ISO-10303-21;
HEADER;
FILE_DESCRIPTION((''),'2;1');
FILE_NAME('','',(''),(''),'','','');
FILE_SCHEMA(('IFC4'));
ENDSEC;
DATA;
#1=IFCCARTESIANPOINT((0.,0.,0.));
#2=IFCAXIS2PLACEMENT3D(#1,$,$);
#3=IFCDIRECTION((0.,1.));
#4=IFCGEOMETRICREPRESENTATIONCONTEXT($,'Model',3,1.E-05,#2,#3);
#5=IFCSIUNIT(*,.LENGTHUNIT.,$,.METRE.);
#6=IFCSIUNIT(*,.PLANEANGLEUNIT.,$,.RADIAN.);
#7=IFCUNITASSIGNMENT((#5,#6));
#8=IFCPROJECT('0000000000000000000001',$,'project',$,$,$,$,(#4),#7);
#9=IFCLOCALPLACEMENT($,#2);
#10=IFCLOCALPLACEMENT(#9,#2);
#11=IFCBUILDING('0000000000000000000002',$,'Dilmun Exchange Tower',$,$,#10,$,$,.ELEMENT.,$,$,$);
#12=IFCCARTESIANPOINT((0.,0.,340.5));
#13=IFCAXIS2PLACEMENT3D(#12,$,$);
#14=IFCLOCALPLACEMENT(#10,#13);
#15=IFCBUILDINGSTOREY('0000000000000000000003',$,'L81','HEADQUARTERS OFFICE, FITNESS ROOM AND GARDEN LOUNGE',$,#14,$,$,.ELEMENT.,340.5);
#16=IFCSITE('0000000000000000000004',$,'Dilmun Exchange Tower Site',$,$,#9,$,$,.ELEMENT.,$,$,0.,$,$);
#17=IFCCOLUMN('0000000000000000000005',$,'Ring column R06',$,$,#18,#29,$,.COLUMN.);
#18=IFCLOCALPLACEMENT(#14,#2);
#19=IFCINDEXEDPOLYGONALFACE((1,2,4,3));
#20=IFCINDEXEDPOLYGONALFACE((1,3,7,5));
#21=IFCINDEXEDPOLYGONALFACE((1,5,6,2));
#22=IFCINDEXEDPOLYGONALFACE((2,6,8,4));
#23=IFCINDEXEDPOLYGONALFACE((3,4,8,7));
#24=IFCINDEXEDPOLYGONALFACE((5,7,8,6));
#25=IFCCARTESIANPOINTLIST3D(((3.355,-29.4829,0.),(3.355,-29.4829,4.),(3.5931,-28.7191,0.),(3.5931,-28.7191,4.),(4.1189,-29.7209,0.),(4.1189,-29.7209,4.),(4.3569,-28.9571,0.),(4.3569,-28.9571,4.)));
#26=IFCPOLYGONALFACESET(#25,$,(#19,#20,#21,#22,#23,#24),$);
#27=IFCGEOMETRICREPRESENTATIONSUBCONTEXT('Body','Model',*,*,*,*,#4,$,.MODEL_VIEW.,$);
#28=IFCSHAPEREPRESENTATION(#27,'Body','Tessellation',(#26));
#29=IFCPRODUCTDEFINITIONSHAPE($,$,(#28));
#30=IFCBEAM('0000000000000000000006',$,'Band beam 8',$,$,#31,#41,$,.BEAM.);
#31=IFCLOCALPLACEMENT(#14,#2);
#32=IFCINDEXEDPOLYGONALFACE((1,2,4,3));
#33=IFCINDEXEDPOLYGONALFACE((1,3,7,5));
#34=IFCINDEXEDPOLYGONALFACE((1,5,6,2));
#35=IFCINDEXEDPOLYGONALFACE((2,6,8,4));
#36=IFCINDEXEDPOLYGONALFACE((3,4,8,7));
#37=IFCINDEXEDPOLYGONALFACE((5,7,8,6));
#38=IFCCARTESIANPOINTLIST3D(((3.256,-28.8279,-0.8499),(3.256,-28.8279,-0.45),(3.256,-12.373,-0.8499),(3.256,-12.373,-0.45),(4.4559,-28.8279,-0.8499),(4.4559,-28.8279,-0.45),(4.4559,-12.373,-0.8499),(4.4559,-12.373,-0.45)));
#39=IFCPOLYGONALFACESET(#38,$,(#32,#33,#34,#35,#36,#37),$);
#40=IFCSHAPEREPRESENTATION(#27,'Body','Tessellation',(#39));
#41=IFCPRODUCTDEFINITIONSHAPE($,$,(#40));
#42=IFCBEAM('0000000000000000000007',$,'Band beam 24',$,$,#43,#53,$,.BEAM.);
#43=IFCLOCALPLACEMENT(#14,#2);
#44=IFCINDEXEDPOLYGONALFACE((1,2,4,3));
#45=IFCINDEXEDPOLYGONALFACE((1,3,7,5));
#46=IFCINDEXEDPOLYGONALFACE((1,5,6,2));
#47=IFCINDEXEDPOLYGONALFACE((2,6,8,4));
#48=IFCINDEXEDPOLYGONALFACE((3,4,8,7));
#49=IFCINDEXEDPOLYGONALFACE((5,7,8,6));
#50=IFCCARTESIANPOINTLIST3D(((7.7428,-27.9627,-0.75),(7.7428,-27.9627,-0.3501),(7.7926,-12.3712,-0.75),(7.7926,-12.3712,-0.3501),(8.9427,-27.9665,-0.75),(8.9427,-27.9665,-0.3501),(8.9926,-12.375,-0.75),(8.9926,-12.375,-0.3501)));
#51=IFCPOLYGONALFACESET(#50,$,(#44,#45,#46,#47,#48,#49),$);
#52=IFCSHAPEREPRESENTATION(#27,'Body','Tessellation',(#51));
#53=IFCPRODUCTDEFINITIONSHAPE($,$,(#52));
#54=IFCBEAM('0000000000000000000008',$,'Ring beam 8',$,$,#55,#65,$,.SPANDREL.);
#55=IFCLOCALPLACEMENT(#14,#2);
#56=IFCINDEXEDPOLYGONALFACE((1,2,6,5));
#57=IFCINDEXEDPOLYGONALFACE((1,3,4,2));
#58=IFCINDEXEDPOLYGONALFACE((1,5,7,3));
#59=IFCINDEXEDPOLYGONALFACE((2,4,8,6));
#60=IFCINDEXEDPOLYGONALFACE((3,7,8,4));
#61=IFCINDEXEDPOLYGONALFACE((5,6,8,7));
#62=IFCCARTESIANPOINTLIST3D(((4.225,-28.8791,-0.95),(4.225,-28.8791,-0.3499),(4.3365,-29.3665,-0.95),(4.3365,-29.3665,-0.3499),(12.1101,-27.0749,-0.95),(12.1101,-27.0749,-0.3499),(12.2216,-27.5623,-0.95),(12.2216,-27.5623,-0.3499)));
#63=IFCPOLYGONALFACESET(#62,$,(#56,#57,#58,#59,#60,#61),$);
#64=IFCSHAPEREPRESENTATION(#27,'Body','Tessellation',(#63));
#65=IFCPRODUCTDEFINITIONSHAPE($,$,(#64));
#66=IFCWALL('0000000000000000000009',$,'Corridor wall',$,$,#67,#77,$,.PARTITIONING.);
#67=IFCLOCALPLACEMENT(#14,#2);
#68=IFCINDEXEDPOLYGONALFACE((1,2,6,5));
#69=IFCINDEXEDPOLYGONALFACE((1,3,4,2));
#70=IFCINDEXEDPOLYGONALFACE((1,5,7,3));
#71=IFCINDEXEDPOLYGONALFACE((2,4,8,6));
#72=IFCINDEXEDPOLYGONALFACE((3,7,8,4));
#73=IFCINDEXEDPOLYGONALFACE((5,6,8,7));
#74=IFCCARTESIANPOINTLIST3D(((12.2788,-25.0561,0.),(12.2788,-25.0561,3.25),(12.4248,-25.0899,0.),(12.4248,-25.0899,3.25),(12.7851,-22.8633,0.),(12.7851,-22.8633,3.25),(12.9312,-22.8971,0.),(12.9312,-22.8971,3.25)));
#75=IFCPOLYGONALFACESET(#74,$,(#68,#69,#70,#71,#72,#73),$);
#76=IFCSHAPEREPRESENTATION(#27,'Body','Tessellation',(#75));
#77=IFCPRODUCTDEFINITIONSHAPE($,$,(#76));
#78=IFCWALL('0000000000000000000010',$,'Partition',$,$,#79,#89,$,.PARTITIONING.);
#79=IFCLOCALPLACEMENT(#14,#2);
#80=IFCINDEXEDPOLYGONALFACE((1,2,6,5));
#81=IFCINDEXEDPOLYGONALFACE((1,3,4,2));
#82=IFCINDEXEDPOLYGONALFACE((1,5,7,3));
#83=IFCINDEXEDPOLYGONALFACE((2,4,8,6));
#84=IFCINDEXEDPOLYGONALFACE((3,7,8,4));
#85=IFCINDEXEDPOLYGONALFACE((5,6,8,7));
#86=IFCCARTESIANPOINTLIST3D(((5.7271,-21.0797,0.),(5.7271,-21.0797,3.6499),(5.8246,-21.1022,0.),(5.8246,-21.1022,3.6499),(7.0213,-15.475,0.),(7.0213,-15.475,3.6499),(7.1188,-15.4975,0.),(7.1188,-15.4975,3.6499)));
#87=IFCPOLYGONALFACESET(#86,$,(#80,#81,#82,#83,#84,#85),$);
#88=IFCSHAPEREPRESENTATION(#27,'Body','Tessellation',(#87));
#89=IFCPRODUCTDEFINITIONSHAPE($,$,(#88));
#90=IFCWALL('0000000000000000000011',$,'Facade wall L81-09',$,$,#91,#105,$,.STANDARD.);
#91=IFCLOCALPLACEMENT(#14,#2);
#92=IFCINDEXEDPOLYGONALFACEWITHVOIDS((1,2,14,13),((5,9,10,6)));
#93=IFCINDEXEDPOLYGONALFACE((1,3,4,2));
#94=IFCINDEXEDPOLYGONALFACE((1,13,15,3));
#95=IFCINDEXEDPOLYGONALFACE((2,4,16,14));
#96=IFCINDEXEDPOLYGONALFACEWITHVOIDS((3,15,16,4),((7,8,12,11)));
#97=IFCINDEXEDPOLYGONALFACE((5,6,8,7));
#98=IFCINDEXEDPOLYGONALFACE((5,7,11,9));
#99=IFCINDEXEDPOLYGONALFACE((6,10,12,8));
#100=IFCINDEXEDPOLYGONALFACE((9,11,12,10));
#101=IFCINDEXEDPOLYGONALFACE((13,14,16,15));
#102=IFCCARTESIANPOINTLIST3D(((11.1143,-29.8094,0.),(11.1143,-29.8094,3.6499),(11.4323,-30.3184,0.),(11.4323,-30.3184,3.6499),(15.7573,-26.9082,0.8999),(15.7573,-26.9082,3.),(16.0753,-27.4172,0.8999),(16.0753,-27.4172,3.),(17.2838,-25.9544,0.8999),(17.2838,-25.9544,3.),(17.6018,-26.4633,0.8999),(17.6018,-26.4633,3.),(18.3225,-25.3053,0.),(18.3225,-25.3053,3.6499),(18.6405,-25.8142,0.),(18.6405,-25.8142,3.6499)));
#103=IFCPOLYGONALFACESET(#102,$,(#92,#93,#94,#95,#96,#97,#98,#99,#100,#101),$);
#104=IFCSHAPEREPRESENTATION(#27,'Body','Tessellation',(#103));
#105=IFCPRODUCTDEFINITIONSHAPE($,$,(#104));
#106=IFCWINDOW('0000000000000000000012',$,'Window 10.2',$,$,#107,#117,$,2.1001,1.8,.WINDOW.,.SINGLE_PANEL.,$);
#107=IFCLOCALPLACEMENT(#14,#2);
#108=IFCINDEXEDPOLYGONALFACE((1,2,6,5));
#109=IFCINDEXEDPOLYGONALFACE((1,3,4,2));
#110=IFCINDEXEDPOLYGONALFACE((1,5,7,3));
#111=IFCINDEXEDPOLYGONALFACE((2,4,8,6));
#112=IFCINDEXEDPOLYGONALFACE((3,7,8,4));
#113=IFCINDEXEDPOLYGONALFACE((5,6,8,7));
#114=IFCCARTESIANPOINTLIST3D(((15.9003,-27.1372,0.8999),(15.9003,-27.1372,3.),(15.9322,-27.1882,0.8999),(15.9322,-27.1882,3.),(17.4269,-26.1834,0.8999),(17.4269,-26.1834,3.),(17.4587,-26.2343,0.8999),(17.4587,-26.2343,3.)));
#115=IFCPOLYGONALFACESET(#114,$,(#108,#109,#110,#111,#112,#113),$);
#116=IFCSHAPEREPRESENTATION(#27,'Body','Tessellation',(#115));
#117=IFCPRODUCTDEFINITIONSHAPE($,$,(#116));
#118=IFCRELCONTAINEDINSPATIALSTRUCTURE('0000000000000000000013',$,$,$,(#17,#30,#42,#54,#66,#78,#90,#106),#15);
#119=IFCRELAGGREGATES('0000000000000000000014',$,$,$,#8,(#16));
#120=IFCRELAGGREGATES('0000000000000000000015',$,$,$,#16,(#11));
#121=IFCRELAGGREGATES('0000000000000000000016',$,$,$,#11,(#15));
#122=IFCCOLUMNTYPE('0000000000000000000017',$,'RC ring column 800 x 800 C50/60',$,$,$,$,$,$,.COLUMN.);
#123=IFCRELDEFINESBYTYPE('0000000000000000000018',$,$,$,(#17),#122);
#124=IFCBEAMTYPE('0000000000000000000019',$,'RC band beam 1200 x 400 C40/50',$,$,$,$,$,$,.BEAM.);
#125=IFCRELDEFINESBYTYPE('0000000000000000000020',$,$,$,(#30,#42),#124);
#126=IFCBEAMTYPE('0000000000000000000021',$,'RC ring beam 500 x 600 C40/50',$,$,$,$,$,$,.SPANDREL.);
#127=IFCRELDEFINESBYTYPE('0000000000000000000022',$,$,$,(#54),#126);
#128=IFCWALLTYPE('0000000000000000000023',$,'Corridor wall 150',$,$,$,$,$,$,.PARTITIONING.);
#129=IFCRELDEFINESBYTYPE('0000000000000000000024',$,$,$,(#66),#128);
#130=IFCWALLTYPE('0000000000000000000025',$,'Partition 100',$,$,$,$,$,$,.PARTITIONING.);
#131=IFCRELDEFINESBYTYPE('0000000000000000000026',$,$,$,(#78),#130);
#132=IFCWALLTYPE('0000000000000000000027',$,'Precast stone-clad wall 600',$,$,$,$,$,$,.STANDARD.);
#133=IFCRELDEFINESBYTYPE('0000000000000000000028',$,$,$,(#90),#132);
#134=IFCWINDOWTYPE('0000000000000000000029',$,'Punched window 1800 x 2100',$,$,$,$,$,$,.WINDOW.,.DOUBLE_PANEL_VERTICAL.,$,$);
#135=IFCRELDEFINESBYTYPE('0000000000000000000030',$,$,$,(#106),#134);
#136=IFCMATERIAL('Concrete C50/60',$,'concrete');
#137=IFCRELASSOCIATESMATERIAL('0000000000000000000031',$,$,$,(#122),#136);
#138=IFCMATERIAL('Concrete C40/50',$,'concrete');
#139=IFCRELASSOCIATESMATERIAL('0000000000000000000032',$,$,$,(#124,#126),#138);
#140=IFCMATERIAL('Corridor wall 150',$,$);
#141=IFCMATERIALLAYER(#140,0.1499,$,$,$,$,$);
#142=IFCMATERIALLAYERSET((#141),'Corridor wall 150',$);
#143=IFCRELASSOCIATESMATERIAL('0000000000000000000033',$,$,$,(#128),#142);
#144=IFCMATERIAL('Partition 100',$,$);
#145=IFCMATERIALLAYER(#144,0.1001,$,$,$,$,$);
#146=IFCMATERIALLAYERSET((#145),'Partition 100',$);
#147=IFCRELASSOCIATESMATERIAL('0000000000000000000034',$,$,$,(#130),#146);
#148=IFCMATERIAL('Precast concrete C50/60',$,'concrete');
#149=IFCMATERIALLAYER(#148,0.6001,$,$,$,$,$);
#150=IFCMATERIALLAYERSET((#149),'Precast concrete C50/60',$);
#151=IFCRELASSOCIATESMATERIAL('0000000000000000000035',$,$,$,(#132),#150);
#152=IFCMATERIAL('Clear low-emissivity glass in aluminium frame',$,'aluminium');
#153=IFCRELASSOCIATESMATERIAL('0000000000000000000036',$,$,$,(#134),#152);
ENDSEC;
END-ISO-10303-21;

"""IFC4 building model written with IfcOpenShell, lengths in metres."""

from ifc_helpers import new_model, si_unit, direction, frame, frame_2d, origin, origin_2d, place, context, subcontext, project, spatial, rectangle, extrude, material, layer, layer_set, material_profile, profile_set, type_object, element, fill, save


model = new_model("IFC4")

# Units and contexts
model_context = context("Model", 3, precision=1e-05, world=origin(), true_north=direction((0.0, 1.0)))
body_context = subcontext(model_context, "Body", "Model", "MODEL_VIEW")
ifc_project = project(units=[si_unit("LENGTHUNIT", "METRE"), si_unit("PLANEANGLEUNIT", "RADIAN")], contexts=[model_context])

# Site, building, storey
site_placement = place(None, origin())
site = spatial("IfcSite", under=ifc_project, at=site_placement, Name="Dilmun Exchange Tower Site", CompositionType="ELEMENT", RefElevation=0.0)
building_placement = place(site_placement, origin())
building = spatial("IfcBuilding", under=site, at=building_placement, Name="Dilmun Exchange Tower", CompositionType="ELEMENT")
storey_placement = place(building_placement, frame((0.0, 0.0, 340.5)))
storey = spatial("IfcBuildingStorey", under=building, at=storey_placement, Name="L81", Description="HEADQUARTERS OFFICE, FITNESS ROOM AND GARDEN LOUNGE", CompositionType="ELEMENT", Elevation=340.5)

# Column
ifc_material_1 = material(Name="Concrete C50/60", Category="concrete")
ifc_material_profile_1 = material_profile(ifc_material_1, rectangle(XDim=0.8, YDim=0.8, at=origin_2d()), Name="800 x 800")
ifc_profile_set_1 = profile_set([ifc_material_profile_1], Name="Concrete C50/60")
column_type = type_object("IfcColumnType", Name="RC ring column 800 x 800 C50/60", PredefinedType="COLUMN", material=ifc_profile_set_1)
column_placement = place(storey_placement, frame((3.856, -29.22, 0.0), z_axis=(0.0, 0.0, 1.0), x_axis=(0.297503, 0.954721, 0.0)))
element("IfcColumn", 1, at=column_placement, inside=storey, type_object=column_type, Name="Ring column R06", PredefinedType="COLUMN", context=body_context, shape_type="SweptSolid", body=[
    extrude(rectangle(XDim=0.8, YDim=0.8, at=origin_2d()), origin(), (0.0, 0.0, 1.0), 4.0),
])

# Beams
ifc_material_2 = material(Name="Concrete C40/50", Category="concrete")
ifc_material_profile_2 = material_profile(ifc_material_2, rectangle(XDim=1.2, YDim=0.3999, at=origin_2d()), Name="1200 x 400")
ifc_profile_set_2 = profile_set([ifc_material_profile_2], Name="Concrete C40/50")
beam_type_1 = type_object("IfcBeamType", Name="RC band beam 1200 x 400 C40/50", PredefinedType="BEAM", material=ifc_profile_set_2)
beam_1_placement = place(storey_placement, frame((3.856, -28.8279, -0.6499), z_axis=(0.0, 1.0, 0.0), x_axis=(-1.0, 0.0, 0.0)))
element("IfcBeam", 2, at=beam_1_placement, inside=storey, type_object=beam_type_1, Name="Band beam 8", PredefinedType="BEAM", context=body_context, shape_type="SweptSolid", body=[
    extrude(rectangle(XDim=1.2, YDim=0.3999, at=origin_2d()), origin(), (0.0, 0.0, 1.0), 16.4548),
])
beam_2_placement = place(storey_placement, frame((8.3428, -27.9646, -0.55), z_axis=(0.003194, 0.999995, 0.0), x_axis=(-0.999995, 0.003194, 0.0)))
element("IfcBeam", 3, at=beam_2_placement, inside=storey, type_object=beam_type_1, Name="Band beam 24", PredefinedType="BEAM", context=body_context, shape_type="SweptSolid", body=[
    extrude(rectangle(XDim=1.2, YDim=0.3999, at=origin_2d()), origin(), (0.0, 0.0, 1.0), 15.5916),
])
ifc_material_profile_3 = material_profile(ifc_material_2, rectangle(XDim=0.5, YDim=0.6001, at=origin_2d()), Name="500 x 600")
ifc_profile_set_3 = profile_set([ifc_material_profile_3], Name="Concrete C40/50")
beam_type_2 = type_object("IfcBeamType", Name="RC ring beam 500 x 600 C40/50", PredefinedType="SPANDREL", material=ifc_profile_set_3)
beam_3_placement = place(storey_placement, frame((4.2808, -29.1228, -0.6499), z_axis=(0.974807, 0.223049, 0.0), x_axis=(-0.223049, 0.974807, 0.0)))
element("IfcBeam", 4, at=beam_3_placement, inside=storey, type_object=beam_type_2, Name="Ring beam 8", PredefinedType="SPANDREL", context=body_context, shape_type="SweptSolid", body=[
    extrude(rectangle(XDim=0.5, YDim=0.6001, at=origin_2d()), origin(), (0.0, 0.0, 1.0), 8.0889),
])

# Walls
ifc_material_3 = material(Name="Corridor wall 150")
ifc_layer_1 = layer(ifc_material_3, 0.1499)
ifc_layer_set_1 = layer_set([ifc_layer_1], Name="Corridor wall 150")
wall_type_1 = type_object("IfcWallType", Name="Corridor wall 150", PredefinedType="PARTITIONING", material=ifc_layer_set_1)
wall_1_placement = place(storey_placement, frame((12.3518, -25.073, 0.0), z_axis=(0.0, 0.0, 1.0), x_axis=(0.224986, 0.974362, 0.0)))
element("IfcWall", 5, at=wall_1_placement, inside=storey, type_object=wall_type_1, Name="Corridor wall", PredefinedType="PARTITIONING", context=body_context, shape_type="SweptSolid", body=[
    extrude(rectangle(XDim=2.2505, YDim=0.1499, at=frame_2d((1.1252, 0.0))), origin(), (0.0, 0.0, 1.0), 3.25),
])
ifc_material_4 = material(Name="Partition 100")
ifc_layer_2 = layer(ifc_material_4, 0.1001)
ifc_layer_set_2 = layer_set([ifc_layer_2], Name="Partition 100")
wall_type_2 = type_object("IfcWallType", Name="Partition 100", PredefinedType="PARTITIONING", material=ifc_layer_set_2)
wall_2_placement = place(storey_placement, frame((5.7759, -21.0908, 0.0), z_axis=(0.0, 0.0, 1.0), x_axis=(0.22499, 0.974361, 0.0)))
element("IfcWall", 6, at=wall_2_placement, inside=storey, type_object=wall_type_2, Name="Partition", PredefinedType="PARTITIONING", context=body_context, shape_type="SweptSolid", body=[
    extrude(rectangle(XDim=5.7522, YDim=0.1001, at=frame_2d((2.876, 0.0))), origin(), (0.0, 0.0, 1.0), 3.6499),
])

# Wall, opening, window
ifc_material_5 = material(Name="Precast concrete C50/60", Category="concrete")
ifc_layer_3 = layer(ifc_material_5, 0.6001)
ifc_layer_set_3 = layer_set([ifc_layer_3], Name="Precast concrete C50/60")
wall_type_3 = type_object("IfcWallType", Name="Precast stone-clad wall 600", PredefinedType="STANDARD", material=ifc_layer_set_3)
wall_3_placement = place(storey_placement, frame((11.2732, -30.064, 0.0), z_axis=(0.0, 0.0, 1.0), x_axis=(0.848052, 0.529914, 0.0)))
wall_3 = element("IfcWall", 7, at=wall_3_placement, inside=storey, type_object=wall_type_3, Name="Facade wall L81-09", PredefinedType="STANDARD", context=body_context, shape_type="SweptSolid", body=[
    extrude(rectangle(XDim=8.4998, YDim=0.6001, at=frame_2d((4.25, 0.0))), origin(), (0.0, 0.0, 1.0), 3.6499),
])
opening_placement = place(wall_3_placement, frame((5.4751, 0.0, 0.8999)))
opening = element("IfcOpeningElement", 8, at=opening_placement, cuts=wall_3, PredefinedType="OPENING", context=body_context, shape_type="SweptSolid", body=[
    extrude(rectangle(XDim=1.8, YDim=2.1001, at=frame_2d((0.8999, 1.05))), frame((0.0, 0.3101, 0.0), z_axis=(0.0, -1.0, 0.0), x_axis=(1.0, 0.0, 0.0)), (0.0, 0.0, 1.0), 0.6201),
])
ifc_material_6 = material(Name="Clear low-emissivity glass in aluminium frame", Category="aluminium")
window_type = type_object("IfcWindowType", Name="Punched window 1800 x 2100", PartitioningType="DOUBLE_PANEL_VERTICAL", PredefinedType="WINDOW", material=ifc_material_6)
window_placement = place(opening_placement, origin())
window = element("IfcWindow", 9, at=window_placement, inside=storey, type_object=window_type, Name="Window 10.2", OverallHeight=2.1001, OverallWidth=1.8, PartitioningType="SINGLE_PANEL", PredefinedType="WINDOW", context=body_context, shape_type="SweptSolid", body=[
    extrude(rectangle(XDim=1.8, YDim=2.1001, at=frame_2d((0.8999, 1.05))), frame((0.0, 0.03, 0.0), z_axis=(0.0, -1.0, 0.0), x_axis=(1.0, 0.0, 0.0)), (0.0, 0.0, 1.0), 0.0601),
])
fill(opening, window)

save(model, "model.ifc")
